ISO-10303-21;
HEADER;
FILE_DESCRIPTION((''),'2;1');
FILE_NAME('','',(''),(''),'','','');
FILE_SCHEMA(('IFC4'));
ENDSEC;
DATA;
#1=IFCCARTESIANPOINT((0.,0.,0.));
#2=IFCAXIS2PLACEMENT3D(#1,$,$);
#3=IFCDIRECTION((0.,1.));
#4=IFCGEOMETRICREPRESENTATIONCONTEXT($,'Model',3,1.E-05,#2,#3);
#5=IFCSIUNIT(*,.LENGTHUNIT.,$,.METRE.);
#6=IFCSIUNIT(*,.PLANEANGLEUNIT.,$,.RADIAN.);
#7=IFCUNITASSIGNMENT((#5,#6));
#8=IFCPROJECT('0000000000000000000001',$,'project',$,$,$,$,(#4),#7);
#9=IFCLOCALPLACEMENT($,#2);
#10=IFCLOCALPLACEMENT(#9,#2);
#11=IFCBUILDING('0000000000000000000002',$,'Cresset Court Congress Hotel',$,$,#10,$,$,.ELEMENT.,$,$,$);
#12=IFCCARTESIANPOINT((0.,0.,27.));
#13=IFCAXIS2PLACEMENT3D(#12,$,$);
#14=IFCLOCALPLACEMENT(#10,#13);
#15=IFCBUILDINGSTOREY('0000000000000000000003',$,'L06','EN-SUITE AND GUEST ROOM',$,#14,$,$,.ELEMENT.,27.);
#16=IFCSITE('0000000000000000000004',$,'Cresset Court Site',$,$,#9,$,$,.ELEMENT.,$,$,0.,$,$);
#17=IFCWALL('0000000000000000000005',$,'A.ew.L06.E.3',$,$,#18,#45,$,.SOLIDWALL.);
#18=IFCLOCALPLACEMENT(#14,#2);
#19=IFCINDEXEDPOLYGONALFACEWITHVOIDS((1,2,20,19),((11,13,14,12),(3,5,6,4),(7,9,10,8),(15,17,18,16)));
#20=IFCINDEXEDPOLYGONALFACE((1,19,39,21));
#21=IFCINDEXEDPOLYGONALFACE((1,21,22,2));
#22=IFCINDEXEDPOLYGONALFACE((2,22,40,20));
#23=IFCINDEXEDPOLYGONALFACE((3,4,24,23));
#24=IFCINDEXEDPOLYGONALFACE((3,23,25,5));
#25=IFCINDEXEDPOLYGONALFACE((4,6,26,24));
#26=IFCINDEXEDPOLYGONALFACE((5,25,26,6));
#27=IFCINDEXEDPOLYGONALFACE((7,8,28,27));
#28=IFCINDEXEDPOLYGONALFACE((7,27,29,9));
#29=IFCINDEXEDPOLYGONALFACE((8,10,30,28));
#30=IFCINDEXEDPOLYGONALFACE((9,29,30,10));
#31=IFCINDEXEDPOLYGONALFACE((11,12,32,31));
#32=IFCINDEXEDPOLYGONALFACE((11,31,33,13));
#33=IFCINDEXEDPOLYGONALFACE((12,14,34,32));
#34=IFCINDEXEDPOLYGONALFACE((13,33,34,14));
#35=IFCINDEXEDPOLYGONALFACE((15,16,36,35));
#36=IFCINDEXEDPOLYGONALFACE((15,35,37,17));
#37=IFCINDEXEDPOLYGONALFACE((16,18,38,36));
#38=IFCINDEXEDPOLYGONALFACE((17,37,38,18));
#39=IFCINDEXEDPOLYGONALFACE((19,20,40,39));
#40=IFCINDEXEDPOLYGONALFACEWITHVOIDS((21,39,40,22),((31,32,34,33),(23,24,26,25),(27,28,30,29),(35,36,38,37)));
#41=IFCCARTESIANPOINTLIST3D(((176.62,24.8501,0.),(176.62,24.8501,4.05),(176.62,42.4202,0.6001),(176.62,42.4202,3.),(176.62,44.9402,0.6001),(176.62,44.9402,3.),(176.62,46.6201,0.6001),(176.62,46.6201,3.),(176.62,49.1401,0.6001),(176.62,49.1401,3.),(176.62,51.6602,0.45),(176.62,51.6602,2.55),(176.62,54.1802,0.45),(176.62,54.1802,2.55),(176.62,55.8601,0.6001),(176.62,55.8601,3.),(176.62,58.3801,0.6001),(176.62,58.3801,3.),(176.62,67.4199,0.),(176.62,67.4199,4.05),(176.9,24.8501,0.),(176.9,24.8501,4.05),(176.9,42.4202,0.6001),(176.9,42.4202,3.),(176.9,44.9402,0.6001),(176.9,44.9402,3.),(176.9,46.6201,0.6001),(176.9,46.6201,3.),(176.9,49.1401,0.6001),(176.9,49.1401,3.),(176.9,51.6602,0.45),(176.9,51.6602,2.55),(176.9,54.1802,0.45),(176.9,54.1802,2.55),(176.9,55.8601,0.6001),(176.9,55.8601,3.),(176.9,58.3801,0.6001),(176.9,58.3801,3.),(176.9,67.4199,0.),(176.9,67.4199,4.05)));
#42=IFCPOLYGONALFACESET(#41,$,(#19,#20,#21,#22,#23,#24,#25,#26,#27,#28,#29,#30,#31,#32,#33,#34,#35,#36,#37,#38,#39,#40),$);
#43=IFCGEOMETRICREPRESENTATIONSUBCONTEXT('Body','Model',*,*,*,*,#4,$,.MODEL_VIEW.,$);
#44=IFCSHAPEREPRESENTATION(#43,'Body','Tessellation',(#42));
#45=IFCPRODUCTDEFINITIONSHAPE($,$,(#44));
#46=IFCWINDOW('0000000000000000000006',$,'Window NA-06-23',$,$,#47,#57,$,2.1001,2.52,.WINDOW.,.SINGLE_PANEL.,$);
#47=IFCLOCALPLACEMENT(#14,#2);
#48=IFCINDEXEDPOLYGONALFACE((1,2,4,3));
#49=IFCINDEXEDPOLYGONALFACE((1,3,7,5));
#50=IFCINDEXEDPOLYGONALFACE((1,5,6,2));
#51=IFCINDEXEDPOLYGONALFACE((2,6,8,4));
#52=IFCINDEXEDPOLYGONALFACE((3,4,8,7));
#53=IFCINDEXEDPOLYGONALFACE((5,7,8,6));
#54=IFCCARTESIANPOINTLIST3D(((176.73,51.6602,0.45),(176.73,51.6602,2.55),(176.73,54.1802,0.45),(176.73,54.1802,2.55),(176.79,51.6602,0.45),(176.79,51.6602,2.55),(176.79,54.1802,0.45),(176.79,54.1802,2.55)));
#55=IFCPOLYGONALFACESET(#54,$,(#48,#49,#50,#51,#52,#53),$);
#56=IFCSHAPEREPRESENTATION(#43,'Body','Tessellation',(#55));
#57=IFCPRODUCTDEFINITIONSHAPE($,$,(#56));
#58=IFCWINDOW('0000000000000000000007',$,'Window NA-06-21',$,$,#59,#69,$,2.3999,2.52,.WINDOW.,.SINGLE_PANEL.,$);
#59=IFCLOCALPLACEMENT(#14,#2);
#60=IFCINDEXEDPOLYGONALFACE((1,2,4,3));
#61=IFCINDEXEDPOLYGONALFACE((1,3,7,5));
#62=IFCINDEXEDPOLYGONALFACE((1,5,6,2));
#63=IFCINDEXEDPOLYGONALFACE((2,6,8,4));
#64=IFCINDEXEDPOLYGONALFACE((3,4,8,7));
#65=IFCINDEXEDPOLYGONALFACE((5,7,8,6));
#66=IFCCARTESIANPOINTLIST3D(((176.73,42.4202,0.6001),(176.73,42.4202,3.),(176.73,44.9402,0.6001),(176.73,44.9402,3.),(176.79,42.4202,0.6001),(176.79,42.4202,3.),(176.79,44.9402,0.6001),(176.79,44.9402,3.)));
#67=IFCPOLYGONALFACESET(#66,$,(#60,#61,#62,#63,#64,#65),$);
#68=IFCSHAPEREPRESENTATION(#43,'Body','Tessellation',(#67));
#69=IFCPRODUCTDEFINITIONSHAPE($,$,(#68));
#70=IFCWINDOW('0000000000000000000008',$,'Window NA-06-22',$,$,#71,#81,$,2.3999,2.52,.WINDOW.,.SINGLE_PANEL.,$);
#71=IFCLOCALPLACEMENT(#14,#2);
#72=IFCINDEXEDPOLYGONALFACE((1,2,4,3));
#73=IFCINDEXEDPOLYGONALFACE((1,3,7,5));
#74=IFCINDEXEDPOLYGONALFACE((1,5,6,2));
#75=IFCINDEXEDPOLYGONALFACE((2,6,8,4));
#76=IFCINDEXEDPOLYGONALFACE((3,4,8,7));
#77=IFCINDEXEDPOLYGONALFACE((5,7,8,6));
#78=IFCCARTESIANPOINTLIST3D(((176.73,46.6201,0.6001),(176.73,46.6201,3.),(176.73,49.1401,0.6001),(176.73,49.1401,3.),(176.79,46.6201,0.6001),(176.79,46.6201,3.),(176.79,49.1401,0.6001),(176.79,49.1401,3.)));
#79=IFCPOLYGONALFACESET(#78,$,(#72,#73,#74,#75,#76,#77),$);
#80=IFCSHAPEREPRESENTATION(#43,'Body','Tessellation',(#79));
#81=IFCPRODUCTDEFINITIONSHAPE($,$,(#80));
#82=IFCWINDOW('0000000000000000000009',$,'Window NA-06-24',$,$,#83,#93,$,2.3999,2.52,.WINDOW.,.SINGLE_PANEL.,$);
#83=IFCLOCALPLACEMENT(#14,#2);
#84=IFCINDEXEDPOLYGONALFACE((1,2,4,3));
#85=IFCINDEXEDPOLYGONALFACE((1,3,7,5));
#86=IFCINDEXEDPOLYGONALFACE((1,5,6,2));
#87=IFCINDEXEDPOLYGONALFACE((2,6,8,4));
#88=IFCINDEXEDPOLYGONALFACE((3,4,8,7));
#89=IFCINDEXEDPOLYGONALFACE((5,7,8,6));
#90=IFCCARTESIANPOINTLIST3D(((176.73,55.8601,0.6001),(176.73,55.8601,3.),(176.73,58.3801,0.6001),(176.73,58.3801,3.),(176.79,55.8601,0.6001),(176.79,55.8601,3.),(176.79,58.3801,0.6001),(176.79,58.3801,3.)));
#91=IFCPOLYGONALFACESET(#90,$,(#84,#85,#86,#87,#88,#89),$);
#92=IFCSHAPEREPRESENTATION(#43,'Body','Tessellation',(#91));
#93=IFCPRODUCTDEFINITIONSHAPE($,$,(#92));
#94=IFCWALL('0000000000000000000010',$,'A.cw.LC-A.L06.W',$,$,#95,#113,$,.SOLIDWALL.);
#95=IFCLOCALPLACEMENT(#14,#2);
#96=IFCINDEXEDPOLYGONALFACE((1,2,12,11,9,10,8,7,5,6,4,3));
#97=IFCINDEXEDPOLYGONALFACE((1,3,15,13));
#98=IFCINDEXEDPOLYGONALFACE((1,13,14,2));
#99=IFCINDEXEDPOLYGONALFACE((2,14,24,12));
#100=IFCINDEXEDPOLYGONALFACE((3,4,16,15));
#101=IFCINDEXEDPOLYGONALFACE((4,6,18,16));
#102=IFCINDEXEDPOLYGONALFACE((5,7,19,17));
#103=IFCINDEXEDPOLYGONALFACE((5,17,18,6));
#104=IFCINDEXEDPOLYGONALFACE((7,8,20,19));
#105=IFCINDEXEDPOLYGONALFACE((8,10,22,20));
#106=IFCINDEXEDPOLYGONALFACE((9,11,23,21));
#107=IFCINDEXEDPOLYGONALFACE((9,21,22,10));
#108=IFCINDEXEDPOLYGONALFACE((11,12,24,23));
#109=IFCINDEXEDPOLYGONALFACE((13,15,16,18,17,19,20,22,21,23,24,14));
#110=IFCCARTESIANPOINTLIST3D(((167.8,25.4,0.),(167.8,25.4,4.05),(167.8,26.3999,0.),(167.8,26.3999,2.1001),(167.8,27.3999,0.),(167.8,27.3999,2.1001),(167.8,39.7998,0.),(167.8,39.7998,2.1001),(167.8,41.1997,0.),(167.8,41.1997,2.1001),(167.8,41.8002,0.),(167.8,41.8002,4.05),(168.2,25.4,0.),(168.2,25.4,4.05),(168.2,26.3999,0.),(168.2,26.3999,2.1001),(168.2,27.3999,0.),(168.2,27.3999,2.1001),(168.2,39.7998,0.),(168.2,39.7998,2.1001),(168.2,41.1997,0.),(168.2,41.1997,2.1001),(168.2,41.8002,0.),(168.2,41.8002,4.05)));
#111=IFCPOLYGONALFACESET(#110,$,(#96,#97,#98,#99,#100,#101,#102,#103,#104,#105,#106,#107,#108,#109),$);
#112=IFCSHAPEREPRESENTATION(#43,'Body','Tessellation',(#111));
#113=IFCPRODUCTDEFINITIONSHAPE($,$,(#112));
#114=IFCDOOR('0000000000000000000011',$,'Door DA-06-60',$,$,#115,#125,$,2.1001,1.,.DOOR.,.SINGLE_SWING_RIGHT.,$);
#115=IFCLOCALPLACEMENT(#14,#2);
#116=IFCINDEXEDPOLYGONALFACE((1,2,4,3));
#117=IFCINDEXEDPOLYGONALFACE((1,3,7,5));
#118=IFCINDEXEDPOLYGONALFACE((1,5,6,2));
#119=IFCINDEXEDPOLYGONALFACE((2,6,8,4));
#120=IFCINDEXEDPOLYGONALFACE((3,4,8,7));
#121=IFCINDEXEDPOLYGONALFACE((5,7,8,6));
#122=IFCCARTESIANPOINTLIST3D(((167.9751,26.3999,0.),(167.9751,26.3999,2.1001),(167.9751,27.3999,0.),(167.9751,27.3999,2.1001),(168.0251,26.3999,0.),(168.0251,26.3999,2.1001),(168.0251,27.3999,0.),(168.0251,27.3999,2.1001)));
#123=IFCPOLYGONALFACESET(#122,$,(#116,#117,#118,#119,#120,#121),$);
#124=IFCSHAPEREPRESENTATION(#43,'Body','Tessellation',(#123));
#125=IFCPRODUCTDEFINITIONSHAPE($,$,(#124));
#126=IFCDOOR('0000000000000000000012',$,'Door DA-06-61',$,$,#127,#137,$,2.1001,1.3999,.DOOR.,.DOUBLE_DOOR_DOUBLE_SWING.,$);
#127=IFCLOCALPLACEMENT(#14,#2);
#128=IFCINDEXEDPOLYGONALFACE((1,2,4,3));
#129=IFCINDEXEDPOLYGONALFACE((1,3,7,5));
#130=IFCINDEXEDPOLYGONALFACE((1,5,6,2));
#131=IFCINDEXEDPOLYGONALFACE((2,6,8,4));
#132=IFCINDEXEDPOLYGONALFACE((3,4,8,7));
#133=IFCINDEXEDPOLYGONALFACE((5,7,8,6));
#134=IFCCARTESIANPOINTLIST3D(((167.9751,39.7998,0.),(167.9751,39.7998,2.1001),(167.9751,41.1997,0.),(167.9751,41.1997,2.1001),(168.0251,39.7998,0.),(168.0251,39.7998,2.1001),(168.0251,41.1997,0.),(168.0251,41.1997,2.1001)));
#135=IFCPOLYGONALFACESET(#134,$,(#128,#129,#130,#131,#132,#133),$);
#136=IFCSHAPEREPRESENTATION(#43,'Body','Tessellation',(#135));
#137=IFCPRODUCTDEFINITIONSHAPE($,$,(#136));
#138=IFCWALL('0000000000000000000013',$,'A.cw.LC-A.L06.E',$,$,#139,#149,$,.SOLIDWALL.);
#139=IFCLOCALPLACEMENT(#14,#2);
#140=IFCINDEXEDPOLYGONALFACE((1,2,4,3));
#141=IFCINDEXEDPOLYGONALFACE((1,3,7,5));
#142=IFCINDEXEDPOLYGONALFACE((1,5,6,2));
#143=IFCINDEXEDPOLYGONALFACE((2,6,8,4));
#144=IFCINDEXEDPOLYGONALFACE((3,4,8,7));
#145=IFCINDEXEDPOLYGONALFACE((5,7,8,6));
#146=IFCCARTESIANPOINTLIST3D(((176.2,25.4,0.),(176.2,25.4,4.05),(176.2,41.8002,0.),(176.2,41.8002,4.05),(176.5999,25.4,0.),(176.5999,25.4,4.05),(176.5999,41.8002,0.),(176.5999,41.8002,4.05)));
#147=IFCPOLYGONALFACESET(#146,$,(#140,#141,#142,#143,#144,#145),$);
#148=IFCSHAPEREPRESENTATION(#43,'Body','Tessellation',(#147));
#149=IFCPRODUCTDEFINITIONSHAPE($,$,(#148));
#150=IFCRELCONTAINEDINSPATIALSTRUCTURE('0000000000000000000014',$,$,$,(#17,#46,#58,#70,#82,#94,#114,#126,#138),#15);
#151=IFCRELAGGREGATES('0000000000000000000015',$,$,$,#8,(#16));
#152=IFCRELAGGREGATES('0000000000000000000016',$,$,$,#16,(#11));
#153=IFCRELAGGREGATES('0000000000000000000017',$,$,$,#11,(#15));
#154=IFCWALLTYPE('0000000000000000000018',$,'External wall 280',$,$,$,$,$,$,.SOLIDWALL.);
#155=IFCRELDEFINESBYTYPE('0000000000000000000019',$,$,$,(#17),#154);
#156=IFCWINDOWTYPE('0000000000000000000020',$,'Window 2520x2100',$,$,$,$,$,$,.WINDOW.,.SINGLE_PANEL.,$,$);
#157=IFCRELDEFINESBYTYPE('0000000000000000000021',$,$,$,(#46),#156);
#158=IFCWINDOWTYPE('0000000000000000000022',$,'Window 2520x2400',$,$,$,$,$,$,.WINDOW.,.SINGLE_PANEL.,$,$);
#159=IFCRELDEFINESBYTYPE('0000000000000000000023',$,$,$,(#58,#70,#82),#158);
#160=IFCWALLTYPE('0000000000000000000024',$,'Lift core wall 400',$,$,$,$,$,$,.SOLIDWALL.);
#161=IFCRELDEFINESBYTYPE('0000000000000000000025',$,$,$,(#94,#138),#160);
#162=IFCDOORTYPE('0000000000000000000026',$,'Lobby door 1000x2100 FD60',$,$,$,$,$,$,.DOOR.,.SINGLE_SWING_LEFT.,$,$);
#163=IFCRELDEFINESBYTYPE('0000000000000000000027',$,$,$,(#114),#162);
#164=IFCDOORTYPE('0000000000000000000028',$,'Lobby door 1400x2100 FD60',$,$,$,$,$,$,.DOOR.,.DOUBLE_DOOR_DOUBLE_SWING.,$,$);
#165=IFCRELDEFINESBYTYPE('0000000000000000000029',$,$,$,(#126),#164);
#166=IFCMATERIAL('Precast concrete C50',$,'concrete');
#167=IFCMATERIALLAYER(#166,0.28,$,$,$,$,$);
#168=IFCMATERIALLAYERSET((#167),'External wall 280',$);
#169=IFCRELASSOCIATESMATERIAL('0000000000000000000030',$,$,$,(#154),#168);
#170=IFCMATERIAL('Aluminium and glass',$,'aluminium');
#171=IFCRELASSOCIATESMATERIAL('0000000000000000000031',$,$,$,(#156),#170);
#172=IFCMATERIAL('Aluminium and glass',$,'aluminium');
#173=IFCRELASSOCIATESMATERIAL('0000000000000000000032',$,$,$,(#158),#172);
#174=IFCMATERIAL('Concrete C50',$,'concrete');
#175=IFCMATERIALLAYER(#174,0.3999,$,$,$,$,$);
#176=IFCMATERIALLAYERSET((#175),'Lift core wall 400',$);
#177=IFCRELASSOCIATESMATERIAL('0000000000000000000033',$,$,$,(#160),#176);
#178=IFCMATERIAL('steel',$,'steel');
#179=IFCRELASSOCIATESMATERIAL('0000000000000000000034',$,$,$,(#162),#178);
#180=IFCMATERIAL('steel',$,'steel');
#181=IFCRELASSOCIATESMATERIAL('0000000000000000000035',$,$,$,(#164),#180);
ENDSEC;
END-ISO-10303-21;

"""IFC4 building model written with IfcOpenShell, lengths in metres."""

from ifc_helpers import new_model, si_unit, direction, frame, frame_2d, origin, place, context, subcontext, project, spatial, rectangle, extrude, material, layer, layer_set, type_object, element, fill, save


model = new_model("IFC4")

# Units and contexts
model_context = context("Model", 3, precision=1e-05, world=origin(), true_north=direction((0.0, 1.0)))
body_context = subcontext(model_context, "Body", "Model", "MODEL_VIEW")
ifc_project = project(units=[si_unit("LENGTHUNIT", "METRE"), si_unit("PLANEANGLEUNIT", "RADIAN")], contexts=[model_context])

# Site, building, storey
site_placement = place(None, origin())
site = spatial("IfcSite", under=ifc_project, at=site_placement, Name="Cresset Court Site", CompositionType="ELEMENT", RefElevation=0.0)
building_placement = place(site_placement, origin())
building = spatial("IfcBuilding", under=site, at=building_placement, Name="Cresset Court Congress Hotel", CompositionType="ELEMENT")
storey_placement = place(building_placement, frame((0.0, 0.0, 27.0)))
storey = spatial("IfcBuildingStorey", under=building, at=storey_placement, Name="L06", Description="EN-SUITE AND GUEST ROOM", CompositionType="ELEMENT", Elevation=27.0)

# Wall, openings, windows
ifc_material_1 = material(Name="Precast concrete C50", Category="concrete")
ifc_layer_1 = layer(ifc_material_1, 0.28)
ifc_layer_set_1 = layer_set([ifc_layer_1], Name="External wall 280")
wall_type_1 = type_object("IfcWallType", Name="External wall 280", PredefinedType="SOLIDWALL", material=ifc_layer_set_1)
wall_1_placement = place(storey_placement, frame((176.76, 24.8501, 0.0), z_axis=(0.0, 0.0, 1.0), x_axis=(0.0, 1.0, 0.0)))
wall_1 = element("IfcWall", 1, at=wall_1_placement, inside=storey, type_object=wall_type_1, Name="A.ew.L06.E.3", PredefinedType="SOLIDWALL", context=body_context, shape_type="SweptSolid", body=[
    extrude(rectangle(XDim=42.5698, YDim=0.28, at=frame_2d((21.2849, 0.0))), origin(), (0.0, 0.0, 1.0), 4.05),
])
opening_1_placement = place(wall_1_placement, frame((17.5701, 0.0, 0.6001)))
opening_1 = element("IfcOpeningElement", 2, at=opening_1_placement, cuts=wall_1, PredefinedType="OPENING", context=body_context, shape_type="SweptSolid", body=[
    extrude(rectangle(XDim=2.52, YDim=2.3999, at=frame_2d((1.26, 1.2))), frame((0.0, 0.1499, 0.0), z_axis=(0.0, -1.0, 0.0), x_axis=(1.0, 0.0, 0.0)), (0.0, 0.0, 1.0), 0.3),
])
opening_2_placement = place(wall_1_placement, frame((21.77, 0.0, 0.6001)))
opening_2 = element("IfcOpeningElement", 3, at=opening_2_placement, cuts=wall_1, PredefinedType="OPENING", context=body_context, shape_type="SweptSolid", body=[
    extrude(rectangle(XDim=2.52, YDim=2.3999, at=frame_2d((1.26, 1.2))), frame((0.0, 0.1499, 0.0), z_axis=(0.0, -1.0, 0.0), x_axis=(1.0, 0.0, 0.0)), (0.0, 0.0, 1.0), 0.3),
])
opening_3_placement = place(wall_1_placement, frame((26.8101, 0.0, 0.45)))
opening_3 = element("IfcOpeningElement", 4, at=opening_3_placement, cuts=wall_1, PredefinedType="OPENING", context=body_context, shape_type="SweptSolid", body=[
    extrude(rectangle(XDim=2.52, YDim=2.1001, at=frame_2d((1.26, 1.05))), frame((0.0, 0.1499, 0.0), z_axis=(0.0, -1.0, 0.0), x_axis=(1.0, 0.0, 0.0)), (0.0, 0.0, 1.0), 0.3),
])
opening_4_placement = place(wall_1_placement, frame((31.01, 0.0, 0.6001)))
opening_4 = element("IfcOpeningElement", 5, at=opening_4_placement, cuts=wall_1, PredefinedType="OPENING", context=body_context, shape_type="SweptSolid", body=[
    extrude(rectangle(XDim=2.52, YDim=2.3999, at=frame_2d((1.26, 1.2))), frame((0.0, 0.1499, 0.0), z_axis=(0.0, -1.0, 0.0), x_axis=(1.0, 0.0, 0.0)), (0.0, 0.0, 1.0), 0.3),
])
ifc_material_2 = material(Name="Aluminium and glass", Category="aluminium")
window_type_1 = type_object("IfcWindowType", Name="Window 2520x2100", PartitioningType="SINGLE_PANEL", PredefinedType="WINDOW", material=ifc_material_2)
window_1_placement = place(opening_3_placement, origin())
window_1 = element("IfcWindow", 6, at=window_1_placement, inside=storey, type_object=window_type_1, Name="Window NA-06-23", OverallHeight=2.1001, OverallWidth=2.52, PartitioningType="SINGLE_PANEL", PredefinedType="WINDOW", context=body_context, shape_type="SweptSolid", body=[
    extrude(rectangle(XDim=2.52, YDim=2.1001, at=frame_2d((1.26, 1.05))), frame((0.0, 0.03, 0.0), z_axis=(0.0, -1.0, 0.0), x_axis=(1.0, 0.0, 0.0)), (0.0, 0.0, 1.0), 0.0601),
])
fill(opening_3, window_1)
ifc_material_3 = material(Name="Aluminium and glass", Category="aluminium")
window_type_2 = type_object("IfcWindowType", Name="Window 2520x2400", PartitioningType="SINGLE_PANEL", PredefinedType="WINDOW", material=ifc_material_3)
window_2_placement = place(opening_1_placement, origin())
window_2 = element("IfcWindow", 7, at=window_2_placement, inside=storey, type_object=window_type_2, Name="Window NA-06-21", OverallHeight=2.3999, OverallWidth=2.52, PartitioningType="SINGLE_PANEL", PredefinedType="WINDOW", context=body_context, shape_type="SweptSolid", body=[
    extrude(rectangle(XDim=2.52, YDim=2.3999, at=frame_2d((1.26, 1.2))), frame((0.0, 0.03, 0.0), z_axis=(0.0, -1.0, 0.0), x_axis=(1.0, 0.0, 0.0)), (0.0, 0.0, 1.0), 0.0601),
])
fill(opening_1, window_2)
window_3_placement = place(opening_2_placement, origin())
window_3 = element("IfcWindow", 8, at=window_3_placement, inside=storey, type_object=window_type_2, Name="Window NA-06-22", OverallHeight=2.3999, OverallWidth=2.52, PartitioningType="SINGLE_PANEL", PredefinedType="WINDOW", context=body_context, shape_type="SweptSolid", body=[
    extrude(rectangle(XDim=2.52, YDim=2.3999, at=frame_2d((1.26, 1.2))), frame((0.0, 0.03, 0.0), z_axis=(0.0, -1.0, 0.0), x_axis=(1.0, 0.0, 0.0)), (0.0, 0.0, 1.0), 0.0601),
])
fill(opening_2, window_3)
window_4_placement = place(opening_4_placement, origin())
window_4 = element("IfcWindow", 9, at=window_4_placement, inside=storey, type_object=window_type_2, Name="Window NA-06-24", OverallHeight=2.3999, OverallWidth=2.52, PartitioningType="SINGLE_PANEL", PredefinedType="WINDOW", context=body_context, shape_type="SweptSolid", body=[
    extrude(rectangle(XDim=2.52, YDim=2.3999, at=frame_2d((1.26, 1.2))), frame((0.0, 0.03, 0.0), z_axis=(0.0, -1.0, 0.0), x_axis=(1.0, 0.0, 0.0)), (0.0, 0.0, 1.0), 0.0601),
])
fill(opening_4, window_4)

# Wall, openings, doors
ifc_material_4 = material(Name="Concrete C50", Category="concrete")
ifc_layer_2 = layer(ifc_material_4, 0.3999)
ifc_layer_set_2 = layer_set([ifc_layer_2], Name="Lift core wall 400")
wall_type_2 = type_object("IfcWallType", Name="Lift core wall 400", PredefinedType="SOLIDWALL", material=ifc_layer_set_2)
wall_2_placement = place(storey_placement, frame((168.0, 25.3999, 0.0), z_axis=(0.0, 0.0, 1.0), x_axis=(0.0, 1.0, 0.0)))
wall_2 = element("IfcWall", 10, at=wall_2_placement, inside=storey, type_object=wall_type_2, Name="A.cw.LC-A.L06.W", PredefinedType="SOLIDWALL", context=body_context, shape_type="SweptSolid", body=[
    extrude(rectangle(XDim=16.4001, YDim=0.3999, at=frame_2d((8.2002, 0.0))), origin(), (0.0, 0.0, 1.0), 4.05),
])
opening_5_placement = place(wall_2_placement, frame((1.0, 0.0, 0.0)))
opening_5 = element("IfcOpeningElement", 11, at=opening_5_placement, cuts=wall_2, PredefinedType="OPENING", context=body_context, shape_type="SweptSolid", body=[
    extrude(rectangle(XDim=1.0, YDim=2.1001, at=frame_2d((0.5, 1.05))), frame((0.0, 0.21, 0.0), z_axis=(0.0, -1.0, 0.0), x_axis=(1.0, 0.0, 0.0)), (0.0, 0.0, 1.0), 0.4199),
])
opening_6_placement = place(wall_2_placement, frame((14.3999, 0.0, 0.0)))
opening_6 = element("IfcOpeningElement", 12, at=opening_6_placement, cuts=wall_2, PredefinedType="OPENING", context=body_context, shape_type="SweptSolid", body=[
    extrude(rectangle(XDim=1.3999, YDim=2.1001, at=frame_2d((0.7, 1.05))), frame((0.0, 0.21, 0.0), z_axis=(0.0, -1.0, 0.0), x_axis=(1.0, 0.0, 0.0)), (0.0, 0.0, 1.0), 0.4199),
])
ifc_material_5 = material(Name="steel", Category="steel")
door_type_1 = type_object("IfcDoorType", Name="Lobby door 1000x2100 FD60", OperationType="SINGLE_SWING_LEFT", PredefinedType="DOOR", material=ifc_material_5)
door_1_placement = place(opening_5_placement, origin())
door_1 = element("IfcDoor", 13, at=door_1_placement, inside=storey, type_object=door_type_1, Name="Door DA-06-60", OperationType="SINGLE_SWING_RIGHT", OverallHeight=2.1001, OverallWidth=1.0, PredefinedType="DOOR", context=body_context, shape_type="SweptSolid", body=[
    extrude(rectangle(XDim=1.0, YDim=2.1001, at=frame_2d((0.5, 1.05))), frame((0.0, 0.0249, 0.0), z_axis=(0.0, -1.0, 0.0), x_axis=(1.0, 0.0, 0.0)), (0.0, 0.0, 1.0), 0.05),
])
fill(opening_5, door_1)
ifc_material_6 = material(Name="steel", Category="steel")
door_type_2 = type_object("IfcDoorType", Name="Lobby door 1400x2100 FD60", OperationType="DOUBLE_DOOR_DOUBLE_SWING", PredefinedType="DOOR", material=ifc_material_6)
door_2_placement = place(opening_6_placement, origin())
door_2 = element("IfcDoor", 14, at=door_2_placement, inside=storey, type_object=door_type_2, Name="Door DA-06-61", OperationType="DOUBLE_DOOR_DOUBLE_SWING", OverallHeight=2.1001, OverallWidth=1.3999, PredefinedType="DOOR", context=body_context, shape_type="SweptSolid", body=[
    extrude(rectangle(XDim=1.3999, YDim=2.1001, at=frame_2d((0.7, 1.05))), frame((0.0, 0.0249, 0.0), z_axis=(0.0, -1.0, 0.0), x_axis=(1.0, 0.0, 0.0)), (0.0, 0.0, 1.0), 0.05),
])
fill(opening_6, door_2)

# Wall
wall_3_placement = place(storey_placement, frame((176.3999, 25.3999, 0.0), z_axis=(0.0, 0.0, 1.0), x_axis=(0.0, 1.0, 0.0)))
element("IfcWall", 15, at=wall_3_placement, inside=storey, type_object=wall_type_2, Name="A.cw.LC-A.L06.E", PredefinedType="SOLIDWALL", context=body_context, shape_type="SweptSolid", body=[
    extrude(rectangle(XDim=16.4001, YDim=0.3999, at=frame_2d((8.2002, 0.0))), origin(), (0.0, 0.0, 1.0), 4.05),
])

save(model, "model.ifc")
